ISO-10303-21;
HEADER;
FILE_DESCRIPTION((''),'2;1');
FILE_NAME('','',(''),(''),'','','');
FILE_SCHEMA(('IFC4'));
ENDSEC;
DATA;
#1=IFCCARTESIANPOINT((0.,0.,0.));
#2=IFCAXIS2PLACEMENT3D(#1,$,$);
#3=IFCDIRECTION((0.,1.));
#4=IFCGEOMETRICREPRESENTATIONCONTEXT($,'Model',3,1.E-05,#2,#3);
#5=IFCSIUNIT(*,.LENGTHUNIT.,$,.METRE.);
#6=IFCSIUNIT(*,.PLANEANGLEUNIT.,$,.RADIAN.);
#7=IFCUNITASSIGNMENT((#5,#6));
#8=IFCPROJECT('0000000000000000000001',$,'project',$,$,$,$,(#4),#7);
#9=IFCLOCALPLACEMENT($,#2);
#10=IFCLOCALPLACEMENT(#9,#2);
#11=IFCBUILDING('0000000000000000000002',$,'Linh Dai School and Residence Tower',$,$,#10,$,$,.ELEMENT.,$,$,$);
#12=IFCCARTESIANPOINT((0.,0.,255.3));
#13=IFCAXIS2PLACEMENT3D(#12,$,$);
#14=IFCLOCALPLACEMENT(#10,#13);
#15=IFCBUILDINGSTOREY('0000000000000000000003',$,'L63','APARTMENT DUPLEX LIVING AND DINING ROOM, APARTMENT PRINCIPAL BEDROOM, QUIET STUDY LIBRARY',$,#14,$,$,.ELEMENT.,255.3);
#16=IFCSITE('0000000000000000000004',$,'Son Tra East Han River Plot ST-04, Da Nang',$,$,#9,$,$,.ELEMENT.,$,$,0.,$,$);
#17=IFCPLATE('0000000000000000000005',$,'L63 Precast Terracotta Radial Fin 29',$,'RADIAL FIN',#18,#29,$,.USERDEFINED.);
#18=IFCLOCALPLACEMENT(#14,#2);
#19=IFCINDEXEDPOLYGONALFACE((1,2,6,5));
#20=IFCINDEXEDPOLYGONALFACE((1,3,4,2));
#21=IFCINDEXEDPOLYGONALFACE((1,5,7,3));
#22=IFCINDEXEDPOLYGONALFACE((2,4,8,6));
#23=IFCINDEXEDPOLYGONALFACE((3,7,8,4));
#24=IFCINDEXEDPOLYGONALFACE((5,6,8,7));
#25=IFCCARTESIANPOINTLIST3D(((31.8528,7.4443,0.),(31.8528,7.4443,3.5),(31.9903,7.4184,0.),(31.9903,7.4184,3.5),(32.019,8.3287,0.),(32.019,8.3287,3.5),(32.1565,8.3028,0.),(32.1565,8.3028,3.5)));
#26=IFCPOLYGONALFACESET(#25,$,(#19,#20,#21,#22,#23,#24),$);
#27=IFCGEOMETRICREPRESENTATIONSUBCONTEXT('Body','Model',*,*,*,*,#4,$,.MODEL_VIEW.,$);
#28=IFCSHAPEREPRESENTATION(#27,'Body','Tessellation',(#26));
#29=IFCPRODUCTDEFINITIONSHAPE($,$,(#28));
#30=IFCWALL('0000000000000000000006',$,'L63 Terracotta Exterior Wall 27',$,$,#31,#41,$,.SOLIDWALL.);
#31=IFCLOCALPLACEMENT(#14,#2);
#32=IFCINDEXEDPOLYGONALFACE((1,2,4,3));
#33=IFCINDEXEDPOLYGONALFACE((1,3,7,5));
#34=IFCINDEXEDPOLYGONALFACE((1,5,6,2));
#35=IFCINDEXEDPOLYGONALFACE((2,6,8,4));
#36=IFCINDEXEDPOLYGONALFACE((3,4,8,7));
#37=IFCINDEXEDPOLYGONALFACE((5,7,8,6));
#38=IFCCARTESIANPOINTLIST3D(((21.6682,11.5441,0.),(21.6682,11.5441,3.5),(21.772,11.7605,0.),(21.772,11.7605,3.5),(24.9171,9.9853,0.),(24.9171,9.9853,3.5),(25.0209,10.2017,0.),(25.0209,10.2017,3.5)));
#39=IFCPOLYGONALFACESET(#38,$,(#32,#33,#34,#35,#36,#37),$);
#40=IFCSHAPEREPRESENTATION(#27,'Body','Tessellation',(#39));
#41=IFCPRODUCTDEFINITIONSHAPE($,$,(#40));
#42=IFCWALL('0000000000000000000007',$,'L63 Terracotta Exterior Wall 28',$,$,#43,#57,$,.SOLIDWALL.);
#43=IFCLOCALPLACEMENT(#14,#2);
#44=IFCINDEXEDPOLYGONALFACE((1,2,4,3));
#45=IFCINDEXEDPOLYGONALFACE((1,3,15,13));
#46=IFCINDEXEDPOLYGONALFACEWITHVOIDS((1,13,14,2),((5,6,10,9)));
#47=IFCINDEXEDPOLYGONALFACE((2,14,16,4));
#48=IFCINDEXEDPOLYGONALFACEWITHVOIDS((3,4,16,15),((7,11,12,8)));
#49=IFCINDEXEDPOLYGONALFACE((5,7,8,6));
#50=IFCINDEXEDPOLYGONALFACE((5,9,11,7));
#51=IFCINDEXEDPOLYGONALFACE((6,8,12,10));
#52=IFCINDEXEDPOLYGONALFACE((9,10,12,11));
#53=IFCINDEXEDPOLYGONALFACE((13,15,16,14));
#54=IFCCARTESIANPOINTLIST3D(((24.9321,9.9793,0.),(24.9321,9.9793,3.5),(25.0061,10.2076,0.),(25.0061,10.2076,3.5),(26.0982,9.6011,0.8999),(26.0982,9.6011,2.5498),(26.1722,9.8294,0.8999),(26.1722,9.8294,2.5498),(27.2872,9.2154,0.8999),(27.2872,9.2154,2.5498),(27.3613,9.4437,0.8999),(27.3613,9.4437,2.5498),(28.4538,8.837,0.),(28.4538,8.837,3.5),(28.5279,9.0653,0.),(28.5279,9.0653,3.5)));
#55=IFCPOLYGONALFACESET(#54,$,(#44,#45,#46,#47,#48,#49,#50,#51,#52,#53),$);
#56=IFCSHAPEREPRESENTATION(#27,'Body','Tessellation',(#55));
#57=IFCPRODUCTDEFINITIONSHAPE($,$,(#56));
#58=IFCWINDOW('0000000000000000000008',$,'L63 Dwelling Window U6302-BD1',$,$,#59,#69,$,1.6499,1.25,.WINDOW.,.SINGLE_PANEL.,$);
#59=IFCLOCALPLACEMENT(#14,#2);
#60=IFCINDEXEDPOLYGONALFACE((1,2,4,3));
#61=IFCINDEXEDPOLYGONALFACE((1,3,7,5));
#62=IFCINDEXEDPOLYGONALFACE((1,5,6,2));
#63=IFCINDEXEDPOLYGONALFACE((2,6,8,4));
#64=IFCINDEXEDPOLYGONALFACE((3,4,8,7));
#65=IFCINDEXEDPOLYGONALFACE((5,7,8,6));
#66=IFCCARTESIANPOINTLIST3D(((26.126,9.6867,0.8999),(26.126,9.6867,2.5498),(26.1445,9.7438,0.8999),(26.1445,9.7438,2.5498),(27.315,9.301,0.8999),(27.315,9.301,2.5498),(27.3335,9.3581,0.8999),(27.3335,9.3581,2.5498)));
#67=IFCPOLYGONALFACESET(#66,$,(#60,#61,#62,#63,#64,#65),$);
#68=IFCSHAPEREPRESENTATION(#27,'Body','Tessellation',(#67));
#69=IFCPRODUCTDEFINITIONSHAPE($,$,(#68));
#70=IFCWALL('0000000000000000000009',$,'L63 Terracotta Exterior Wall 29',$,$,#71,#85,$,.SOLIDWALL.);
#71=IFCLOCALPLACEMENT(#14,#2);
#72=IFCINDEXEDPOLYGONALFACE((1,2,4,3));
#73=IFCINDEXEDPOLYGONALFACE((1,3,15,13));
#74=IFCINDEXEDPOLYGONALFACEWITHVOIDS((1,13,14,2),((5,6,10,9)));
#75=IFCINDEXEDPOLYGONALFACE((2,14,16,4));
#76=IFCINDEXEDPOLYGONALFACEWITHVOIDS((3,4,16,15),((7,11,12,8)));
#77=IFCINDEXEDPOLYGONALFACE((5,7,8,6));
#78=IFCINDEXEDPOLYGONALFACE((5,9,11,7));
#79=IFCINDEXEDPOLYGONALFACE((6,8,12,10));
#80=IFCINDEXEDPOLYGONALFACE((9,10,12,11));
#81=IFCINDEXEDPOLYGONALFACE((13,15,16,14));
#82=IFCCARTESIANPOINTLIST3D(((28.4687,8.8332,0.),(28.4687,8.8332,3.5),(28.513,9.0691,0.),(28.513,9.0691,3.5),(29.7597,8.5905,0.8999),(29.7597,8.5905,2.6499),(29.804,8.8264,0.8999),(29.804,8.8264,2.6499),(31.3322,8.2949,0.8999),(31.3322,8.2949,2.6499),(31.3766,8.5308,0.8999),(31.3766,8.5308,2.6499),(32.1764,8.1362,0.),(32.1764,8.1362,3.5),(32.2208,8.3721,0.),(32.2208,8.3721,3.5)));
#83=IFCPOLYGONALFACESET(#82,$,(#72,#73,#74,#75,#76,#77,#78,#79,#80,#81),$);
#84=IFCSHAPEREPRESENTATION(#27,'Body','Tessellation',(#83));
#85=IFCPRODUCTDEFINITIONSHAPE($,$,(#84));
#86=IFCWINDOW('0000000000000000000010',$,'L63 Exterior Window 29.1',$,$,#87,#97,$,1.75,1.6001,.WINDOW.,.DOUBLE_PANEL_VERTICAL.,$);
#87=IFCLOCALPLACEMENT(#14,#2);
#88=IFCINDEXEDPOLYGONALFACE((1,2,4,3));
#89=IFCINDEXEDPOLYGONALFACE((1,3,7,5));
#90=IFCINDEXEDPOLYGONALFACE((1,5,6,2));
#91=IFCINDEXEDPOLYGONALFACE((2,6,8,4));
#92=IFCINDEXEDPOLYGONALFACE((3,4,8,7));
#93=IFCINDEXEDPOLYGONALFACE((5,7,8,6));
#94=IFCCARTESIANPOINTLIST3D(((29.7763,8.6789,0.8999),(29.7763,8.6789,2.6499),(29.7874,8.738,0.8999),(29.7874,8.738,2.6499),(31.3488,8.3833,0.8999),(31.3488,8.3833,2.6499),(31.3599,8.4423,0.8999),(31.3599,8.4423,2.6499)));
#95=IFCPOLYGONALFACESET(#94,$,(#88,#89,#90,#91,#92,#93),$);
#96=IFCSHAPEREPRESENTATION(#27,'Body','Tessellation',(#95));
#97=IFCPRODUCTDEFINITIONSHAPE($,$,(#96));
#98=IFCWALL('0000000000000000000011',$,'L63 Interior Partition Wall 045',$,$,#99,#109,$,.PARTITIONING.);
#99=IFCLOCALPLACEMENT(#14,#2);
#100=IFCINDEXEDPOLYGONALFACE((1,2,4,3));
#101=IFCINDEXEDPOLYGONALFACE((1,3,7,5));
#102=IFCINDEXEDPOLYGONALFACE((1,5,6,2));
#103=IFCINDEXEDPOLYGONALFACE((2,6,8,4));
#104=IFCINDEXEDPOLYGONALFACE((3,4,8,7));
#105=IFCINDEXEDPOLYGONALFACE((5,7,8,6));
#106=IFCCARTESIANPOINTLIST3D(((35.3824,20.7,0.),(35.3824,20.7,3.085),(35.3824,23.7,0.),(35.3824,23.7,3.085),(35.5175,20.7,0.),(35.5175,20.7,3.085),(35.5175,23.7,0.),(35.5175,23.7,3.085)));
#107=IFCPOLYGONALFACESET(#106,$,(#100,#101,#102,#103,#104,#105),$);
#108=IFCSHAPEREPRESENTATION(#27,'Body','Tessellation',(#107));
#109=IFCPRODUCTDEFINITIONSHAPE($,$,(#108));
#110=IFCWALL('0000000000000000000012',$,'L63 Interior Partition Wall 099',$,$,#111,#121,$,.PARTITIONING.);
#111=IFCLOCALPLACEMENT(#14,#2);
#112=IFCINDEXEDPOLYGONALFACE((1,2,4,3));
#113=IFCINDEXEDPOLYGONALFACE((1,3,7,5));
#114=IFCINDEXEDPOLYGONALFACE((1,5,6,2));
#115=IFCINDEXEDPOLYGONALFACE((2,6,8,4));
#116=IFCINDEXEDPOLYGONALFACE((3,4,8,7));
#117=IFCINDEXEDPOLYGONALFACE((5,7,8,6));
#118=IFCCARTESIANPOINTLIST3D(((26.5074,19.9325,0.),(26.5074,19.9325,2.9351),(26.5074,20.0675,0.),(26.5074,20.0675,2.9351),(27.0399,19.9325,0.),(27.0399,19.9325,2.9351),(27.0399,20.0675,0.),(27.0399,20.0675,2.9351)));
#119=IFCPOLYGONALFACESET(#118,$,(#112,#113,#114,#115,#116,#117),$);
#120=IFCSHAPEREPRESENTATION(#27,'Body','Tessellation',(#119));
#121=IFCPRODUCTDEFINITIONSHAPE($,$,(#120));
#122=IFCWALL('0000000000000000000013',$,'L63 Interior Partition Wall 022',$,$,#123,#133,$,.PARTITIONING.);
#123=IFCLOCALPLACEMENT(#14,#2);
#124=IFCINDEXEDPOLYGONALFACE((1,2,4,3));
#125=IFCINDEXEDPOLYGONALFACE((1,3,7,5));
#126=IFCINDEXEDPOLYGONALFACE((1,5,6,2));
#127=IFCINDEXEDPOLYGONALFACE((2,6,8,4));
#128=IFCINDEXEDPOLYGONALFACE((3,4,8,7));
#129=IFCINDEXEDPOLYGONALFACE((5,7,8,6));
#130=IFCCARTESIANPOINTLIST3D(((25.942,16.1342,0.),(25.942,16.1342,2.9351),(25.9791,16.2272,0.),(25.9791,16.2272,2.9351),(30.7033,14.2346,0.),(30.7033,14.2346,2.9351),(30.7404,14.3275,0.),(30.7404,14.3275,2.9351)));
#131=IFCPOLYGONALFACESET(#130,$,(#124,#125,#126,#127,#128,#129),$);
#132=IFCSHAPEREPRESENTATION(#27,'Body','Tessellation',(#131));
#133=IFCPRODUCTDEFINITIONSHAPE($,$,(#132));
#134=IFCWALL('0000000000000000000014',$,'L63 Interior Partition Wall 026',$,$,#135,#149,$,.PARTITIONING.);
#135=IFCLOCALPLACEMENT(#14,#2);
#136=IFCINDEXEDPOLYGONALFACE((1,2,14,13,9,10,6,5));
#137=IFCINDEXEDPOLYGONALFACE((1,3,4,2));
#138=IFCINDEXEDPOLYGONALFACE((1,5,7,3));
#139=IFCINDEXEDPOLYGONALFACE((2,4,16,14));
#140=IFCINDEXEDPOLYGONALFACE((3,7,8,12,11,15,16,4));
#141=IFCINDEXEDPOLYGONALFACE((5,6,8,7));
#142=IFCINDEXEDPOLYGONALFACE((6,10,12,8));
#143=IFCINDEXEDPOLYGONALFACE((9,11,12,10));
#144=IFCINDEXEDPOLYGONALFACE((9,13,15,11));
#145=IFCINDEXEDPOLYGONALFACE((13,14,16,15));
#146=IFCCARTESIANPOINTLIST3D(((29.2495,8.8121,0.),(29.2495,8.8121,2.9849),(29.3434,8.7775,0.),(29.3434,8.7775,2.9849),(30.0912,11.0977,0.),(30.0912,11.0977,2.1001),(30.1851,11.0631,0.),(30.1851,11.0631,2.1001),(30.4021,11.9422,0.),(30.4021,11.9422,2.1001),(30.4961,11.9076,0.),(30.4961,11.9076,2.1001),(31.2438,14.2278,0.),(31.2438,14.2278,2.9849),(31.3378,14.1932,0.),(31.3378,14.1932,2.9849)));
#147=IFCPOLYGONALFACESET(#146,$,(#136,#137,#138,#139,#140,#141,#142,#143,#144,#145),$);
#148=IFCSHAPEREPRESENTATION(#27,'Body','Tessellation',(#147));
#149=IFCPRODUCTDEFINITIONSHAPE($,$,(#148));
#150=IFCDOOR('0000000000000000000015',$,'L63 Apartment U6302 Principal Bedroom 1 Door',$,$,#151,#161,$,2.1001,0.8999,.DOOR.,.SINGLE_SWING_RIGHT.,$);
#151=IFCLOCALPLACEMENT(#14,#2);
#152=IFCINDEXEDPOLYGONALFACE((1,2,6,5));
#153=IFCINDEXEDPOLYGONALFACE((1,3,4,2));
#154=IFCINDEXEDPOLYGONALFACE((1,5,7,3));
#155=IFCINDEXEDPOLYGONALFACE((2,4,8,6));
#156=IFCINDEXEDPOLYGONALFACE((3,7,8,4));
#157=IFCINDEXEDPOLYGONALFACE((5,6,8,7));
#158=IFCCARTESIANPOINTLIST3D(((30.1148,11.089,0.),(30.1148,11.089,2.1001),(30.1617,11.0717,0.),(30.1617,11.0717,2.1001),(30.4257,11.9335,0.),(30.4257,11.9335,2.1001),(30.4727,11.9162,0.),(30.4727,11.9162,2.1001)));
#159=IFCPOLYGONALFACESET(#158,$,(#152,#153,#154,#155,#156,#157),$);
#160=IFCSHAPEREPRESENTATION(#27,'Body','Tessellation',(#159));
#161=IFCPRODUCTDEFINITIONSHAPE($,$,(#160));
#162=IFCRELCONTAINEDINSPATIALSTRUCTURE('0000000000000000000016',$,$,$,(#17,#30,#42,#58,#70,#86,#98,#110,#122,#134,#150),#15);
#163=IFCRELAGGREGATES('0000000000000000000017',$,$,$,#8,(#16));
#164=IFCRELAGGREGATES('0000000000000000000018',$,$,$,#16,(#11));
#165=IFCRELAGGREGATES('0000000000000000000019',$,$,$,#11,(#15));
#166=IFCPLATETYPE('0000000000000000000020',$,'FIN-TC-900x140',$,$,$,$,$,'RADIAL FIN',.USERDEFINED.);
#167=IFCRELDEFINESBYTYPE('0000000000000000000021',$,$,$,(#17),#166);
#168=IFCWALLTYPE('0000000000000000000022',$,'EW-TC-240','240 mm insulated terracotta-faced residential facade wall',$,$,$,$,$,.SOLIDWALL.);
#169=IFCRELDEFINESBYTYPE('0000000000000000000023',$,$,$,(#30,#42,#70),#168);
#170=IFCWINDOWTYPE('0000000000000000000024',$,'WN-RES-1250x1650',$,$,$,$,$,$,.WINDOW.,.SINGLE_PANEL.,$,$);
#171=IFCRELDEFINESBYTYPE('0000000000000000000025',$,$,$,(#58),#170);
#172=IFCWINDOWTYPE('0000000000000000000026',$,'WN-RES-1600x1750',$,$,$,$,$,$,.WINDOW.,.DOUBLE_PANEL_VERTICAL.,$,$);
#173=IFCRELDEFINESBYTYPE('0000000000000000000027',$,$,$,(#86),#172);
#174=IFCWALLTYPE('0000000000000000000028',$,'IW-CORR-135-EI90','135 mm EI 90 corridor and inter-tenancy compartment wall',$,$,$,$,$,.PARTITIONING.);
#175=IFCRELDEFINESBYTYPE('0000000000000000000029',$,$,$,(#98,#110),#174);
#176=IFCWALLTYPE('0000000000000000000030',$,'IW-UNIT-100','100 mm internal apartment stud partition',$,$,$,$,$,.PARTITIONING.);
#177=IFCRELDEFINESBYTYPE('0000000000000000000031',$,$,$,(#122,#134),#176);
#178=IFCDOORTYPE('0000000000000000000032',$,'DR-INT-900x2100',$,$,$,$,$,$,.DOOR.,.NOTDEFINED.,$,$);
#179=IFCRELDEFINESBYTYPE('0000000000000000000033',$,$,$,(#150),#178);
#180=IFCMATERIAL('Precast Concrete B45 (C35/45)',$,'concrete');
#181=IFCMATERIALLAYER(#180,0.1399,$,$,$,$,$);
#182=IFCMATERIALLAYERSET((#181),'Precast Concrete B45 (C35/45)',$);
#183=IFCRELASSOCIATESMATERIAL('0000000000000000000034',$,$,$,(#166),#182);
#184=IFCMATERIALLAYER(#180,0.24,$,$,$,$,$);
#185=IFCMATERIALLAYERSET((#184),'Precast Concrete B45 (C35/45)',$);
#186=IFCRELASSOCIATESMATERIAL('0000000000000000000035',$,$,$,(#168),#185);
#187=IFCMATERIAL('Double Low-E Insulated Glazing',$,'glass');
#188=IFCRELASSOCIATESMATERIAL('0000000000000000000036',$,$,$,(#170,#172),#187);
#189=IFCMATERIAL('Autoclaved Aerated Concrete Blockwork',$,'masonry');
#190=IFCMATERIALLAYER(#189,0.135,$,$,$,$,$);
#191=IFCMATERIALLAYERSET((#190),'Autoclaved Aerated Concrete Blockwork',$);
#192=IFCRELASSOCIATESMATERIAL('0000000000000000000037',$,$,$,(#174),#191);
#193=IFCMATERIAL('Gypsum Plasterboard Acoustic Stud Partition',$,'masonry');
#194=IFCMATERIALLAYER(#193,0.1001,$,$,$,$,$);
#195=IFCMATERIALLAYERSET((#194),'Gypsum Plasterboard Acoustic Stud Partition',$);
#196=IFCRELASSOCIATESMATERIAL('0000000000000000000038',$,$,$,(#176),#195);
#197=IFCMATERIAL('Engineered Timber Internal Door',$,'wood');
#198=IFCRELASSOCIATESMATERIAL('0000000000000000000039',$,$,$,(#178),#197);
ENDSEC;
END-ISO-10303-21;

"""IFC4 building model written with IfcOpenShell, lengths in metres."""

from ifc_helpers import new_model, si_unit, direction, frame, frame_2d, origin, origin_2d, place, context, subcontext, project, spatial, rectangle, extrude, source, transform, mapped, material, layer, layer_set, type_object, element, fill, save


model = new_model("IFC4")

# Units and contexts
model_context = context("Model", 3, precision=1e-05, world=origin(), true_north=direction((0.0, 1.0)))
body_context = subcontext(model_context, "Body", "Model", "MODEL_VIEW")
ifc_project = project(units=[si_unit("LENGTHUNIT", "METRE"), si_unit("PLANEANGLEUNIT", "RADIAN")], contexts=[model_context])

# Site, building, storey
site_placement = place(None, origin())
site = spatial("IfcSite", under=ifc_project, at=site_placement, Name="Son Tra East Han River Plot ST-04, Da Nang", CompositionType="ELEMENT", RefElevation=0.0)
building_placement = place(site_placement, origin())
building = spatial("IfcBuilding", under=site, at=building_placement, Name="Linh Dai School and Residence Tower", CompositionType="ELEMENT")
storey_placement = place(building_placement, frame((0.0, 0.0, 255.3)))
storey = spatial("IfcBuildingStorey", under=building, at=storey_placement, Name="L63", Description="APARTMENT DUPLEX LIVING AND DINING ROOM, APARTMENT PRINCIPAL BEDROOM, QUIET STUDY LIBRARY", CompositionType="ELEMENT", Elevation=255.3)

# Plate
ifc_material_1 = material(Name="Precast Concrete B45 (C35/45)", Category="concrete")
ifc_layer_1 = layer(ifc_material_1, 0.1399)
ifc_layer_set_1 = layer_set([ifc_layer_1], Name="Precast Concrete B45 (C35/45)")
plate_type = type_object("IfcPlateType", Name="FIN-TC-900x140", ElementType="RADIAL FIN", PredefinedType="USERDEFINED", material=ifc_layer_set_1)
shared_shape_1 = source(origin(), body_context, "Body", "SweptSolid", [
    extrude(rectangle(XDim=0.8999, YDim=0.1399, at=origin_2d()), origin(), (0.0, 0.0, 1.0), 3.5),
])
plate_placement = place(storey_placement, frame((32.0046, 7.8735, 0.0), z_axis=(0.0, 0.0, 1.0), x_axis=(-0.184744, -0.982787, 0.0)))
element("IfcPlate", 1, at=plate_placement, inside=storey, type_object=plate_type, Name="L63 Precast Terracotta Radial Fin 29", ObjectType="RADIAL FIN", PredefinedType="USERDEFINED", context=body_context, shape_type="MappedRepresentation", body=[
    mapped(shared_shape_1, transform((0.0, 0.0, 0.0), x_axis=(1.0, 0.0, 0.0), y_axis=(0.0, 1.0, 0.0), z_axis=(0.0, 0.0, 1.0), scale=1.0)),
])

# Wall
ifc_layer_2 = layer(ifc_material_1, 0.24)
ifc_layer_set_2 = layer_set([ifc_layer_2], Name="Precast Concrete B45 (C35/45)")
wall_type_1 = type_object("IfcWallType", Name="EW-TC-240", Description="240 mm insulated terracotta-faced residential facade wall", PredefinedType="SOLIDWALL", material=ifc_layer_set_2)
wall_1_placement = place(storey_placement, frame((24.969, 10.0935, 0.0), z_axis=(0.0, 0.0, 1.0), x_axis=(-0.901598, 0.432575, 0.0)))
element("IfcWall", 2, at=wall_1_placement, inside=storey, type_object=wall_type_1, Name="L63 Terracotta Exterior Wall 27", PredefinedType="SOLIDWALL", context=body_context, shape_type="SweptSolid", body=[
    extrude(rectangle(XDim=3.6035, YDim=0.24, at=frame_2d((1.8018, 0.0))), origin(), (0.0, 0.0, 1.0), 3.5),
])

# Walls, openings, windows
wall_2_placement = place(storey_placement, frame((28.4907, 8.9512, 0.0), z_axis=(0.0, 0.0, 1.0), x_axis=(-0.951211, 0.308542, 0.0)))
wall_2 = element("IfcWall", 3, at=wall_2_placement, inside=storey, type_object=wall_type_1, Name="L63 Terracotta Exterior Wall 28", PredefinedType="SOLIDWALL", context=body_context, shape_type="SweptSolid", body=[
    extrude(rectangle(XDim=3.7024, YDim=0.24, at=frame_2d((1.8511, 0.0))), origin(), (0.0, 0.0, 1.0), 3.5),
])
opening_1_placement = place(wall_2_placement, frame((1.2263, 0.0, 0.8999)))
opening_1 = element("IfcOpeningElement", 4, at=opening_1_placement, cuts=wall_2, PredefinedType="OPENING", context=body_context, shape_type="SweptSolid", body=[
    extrude(rectangle(XDim=1.25, YDim=1.6499, at=origin_2d()), frame((0.625, 0.1299, 0.825), z_axis=(0.0, -1.0, 0.0), x_axis=(1.0, 0.0, 0.0)), (0.0, 0.0, 1.0), 0.26),
])
ifc_material_2 = material(Name="Double Low-E Insulated Glazing", Category="glass")
window_type_1 = type_object("IfcWindowType", Name="WN-RES-1250x1650", PartitioningType="SINGLE_PANEL", PredefinedType="WINDOW", material=ifc_material_2)
shared_shape_2 = source(origin(), body_context, "Body", "SweptSolid", [
    extrude(rectangle(XDim=1.25, YDim=1.6499, at=origin_2d()), frame((0.625, 0.03, 0.825), z_axis=(0.0, -1.0, 0.0), x_axis=(1.0, 0.0, 0.0)), (0.0, 0.0, 1.0), 0.0601),
])
window_1_placement = place(opening_1_placement, origin())
window_1 = element("IfcWindow", 5, at=window_1_placement, inside=storey, type_object=window_type_1, Name="L63 Dwelling Window U6302-BD1", OverallHeight=1.6499, OverallWidth=1.25, PartitioningType="SINGLE_PANEL", PredefinedType="WINDOW", context=body_context, shape_type="MappedRepresentation", body=[
    mapped(shared_shape_2, transform((0.0, 0.0, 0.0), x_axis=(1.0, 0.0, 0.0), y_axis=(0.0, 1.0, 0.0), z_axis=(0.0, 0.0, 1.0), scale=1.0)),
])
fill(opening_1, window_1)
wall_3_placement = place(storey_placement, frame((32.1985, 8.2542, 0.0), z_axis=(0.0, 0.0, 1.0), x_axis=(-0.982785, 0.184753, 0.0)))
wall_3 = element("IfcWall", 6, at=wall_3_placement, inside=storey, type_object=wall_type_1, Name="L63 Terracotta Exterior Wall 29", PredefinedType="SOLIDWALL", context=body_context, shape_type="SweptSolid", body=[
    extrude(rectangle(XDim=3.7727, YDim=0.24, at=frame_2d((1.8862, 0.0))), origin(), (0.0, 0.0, 1.0), 3.5),
])
opening_2_placement = place(wall_3_placement, frame((0.8589, 0.0, 0.8999)))
opening_2 = element("IfcOpeningElement", 7, at=opening_2_placement, cuts=wall_3, PredefinedType="OPENING", context=body_context, shape_type="SweptSolid", body=[
    extrude(rectangle(XDim=1.6001, YDim=1.75, at=origin_2d()), frame((0.8, 0.1299, 0.875), z_axis=(0.0, -1.0, 0.0), x_axis=(1.0, 0.0, 0.0)), (0.0, 0.0, 1.0), 0.26),
])
window_type_2 = type_object("IfcWindowType", Name="WN-RES-1600x1750", PartitioningType="DOUBLE_PANEL_VERTICAL", PredefinedType="WINDOW", material=ifc_material_2)
shared_shape_3 = source(origin(), body_context, "Body", "SweptSolid", [
    extrude(rectangle(XDim=1.6001, YDim=1.75, at=origin_2d()), frame((0.8, 0.03, 0.875), z_axis=(0.0, -1.0, 0.0), x_axis=(1.0, 0.0, 0.0)), (0.0, 0.0, 1.0), 0.0601),
])
window_2_placement = place(opening_2_placement, origin())
window_2 = element("IfcWindow", 8, at=window_2_placement, inside=storey, type_object=window_type_2, Name="L63 Exterior Window 29.1", OverallHeight=1.75, OverallWidth=1.6001, PartitioningType="DOUBLE_PANEL_VERTICAL", PredefinedType="WINDOW", context=body_context, shape_type="MappedRepresentation", body=[
    mapped(shared_shape_3, transform((0.0, 0.0, 0.0), x_axis=(1.0, 0.0, 0.0), y_axis=(0.0, 1.0, 0.0), z_axis=(0.0, 0.0, 1.0), scale=1.0)),
])
fill(opening_2, window_2)

# Walls
ifc_material_3 = material(Name="Autoclaved Aerated Concrete Blockwork", Category="masonry")
ifc_layer_3 = layer(ifc_material_3, 0.135)
ifc_layer_set_3 = layer_set([ifc_layer_3], Name="Autoclaved Aerated Concrete Blockwork")
wall_type_2 = type_object("IfcWallType", Name="IW-CORR-135-EI90", Description="135 mm EI 90 corridor and inter-tenancy compartment wall", PredefinedType="PARTITIONING", material=ifc_layer_set_3)
wall_4_placement = place(storey_placement, frame((35.45, 20.7, 0.0), z_axis=(0.0, 0.0, 1.0), x_axis=(0.0, 1.0, 0.0)))
element("IfcWall", 9, at=wall_4_placement, inside=storey, type_object=wall_type_2, Name="L63 Interior Partition Wall 045", PredefinedType="PARTITIONING", context=body_context, shape_type="SweptSolid", body=[
    extrude(rectangle(XDim=3.0, YDim=0.135, at=frame_2d((1.5, 0.0))), origin(), (0.0, 0.0, 1.0), 3.085),
])
wall_5_placement = place(storey_placement, frame((26.5076, 20.0, 0.0), z_axis=(0.0, 0.0, 1.0), x_axis=(1.0, 0.0, 0.0)))
element("IfcWall", 10, at=wall_5_placement, inside=storey, type_object=wall_type_2, Name="L63 Interior Partition Wall 099", PredefinedType="PARTITIONING", context=body_context, shape_type="SweptSolid", body=[
    extrude(rectangle(XDim=0.5325, YDim=0.135, at=frame_2d((0.2661, 0.0))), origin(), (0.0, 0.0, 1.0), 2.9351),
])

# Wall
ifc_material_4 = material(Name="Gypsum Plasterboard Acoustic Stud Partition", Category="masonry")
ifc_layer_4 = layer(ifc_material_4, 0.1001)
ifc_layer_set_4 = layer_set([ifc_layer_4], Name="Gypsum Plasterboard Acoustic Stud Partition")
wall_type_3 = type_object("IfcWallType", Name="IW-UNIT-100", Description="100 mm internal apartment stud partition", PredefinedType="PARTITIONING", material=ifc_layer_set_4)
wall_6_placement = place(storey_placement, frame((25.9607, 16.1807, 0.0), z_axis=(0.0, 0.0, 1.0), x_axis=(0.928802, -0.370578, 0.0)))
element("IfcWall", 11, at=wall_6_placement, inside=storey, type_object=wall_type_3, Name="L63 Interior Partition Wall 022", PredefinedType="PARTITIONING", context=body_context, shape_type="SweptSolid", body=[
    extrude(rectangle(XDim=5.1262, YDim=0.1001, at=frame_2d((2.563, 0.0))), origin(), (0.0, 0.0, 1.0), 2.9351),
])

# Wall, opening, door
wall_7_placement = place(storey_placement, frame((29.2964, 8.7947, 0.0), z_axis=(0.0, 0.0, 1.0), x_axis=(0.345568, 0.938394, 0.0)))
wall_7 = element("IfcWall", 12, at=wall_7_placement, inside=storey, type_object=wall_type_3, Name="L63 Interior Partition Wall 026", PredefinedType="PARTITIONING", context=body_context, shape_type="SweptSolid", body=[
    extrude(rectangle(XDim=5.7712, YDim=0.1001, at=frame_2d((2.8857, 0.0))), origin(), (0.0, 0.0, 1.0), 2.9849),
])
opening_3_placement = place(wall_7_placement, frame((2.4358, 0.0, 0.0)))
opening_3 = element("IfcOpeningElement", 13, at=opening_3_placement, cuts=wall_7, PredefinedType="OPENING", context=body_context, shape_type="SweptSolid", body=[
    extrude(rectangle(XDim=0.8999, YDim=2.1001, at=origin_2d()), frame((0.45, 0.0601, 1.05), z_axis=(0.0, -1.0, 0.0), x_axis=(1.0, 0.0, 0.0)), (0.0, 0.0, 1.0), 0.1201),
])
ifc_material_5 = material(Name="Engineered Timber Internal Door", Category="wood")
door_type_1 = type_object("IfcDoorType", Name="DR-INT-900x2100", OperationType="NOTDEFINED", PredefinedType="DOOR", material=ifc_material_5)
shared_shape_4 = source(origin(), body_context, "Body", "SweptSolid", [
    extrude(rectangle(XDim=0.8999, YDim=2.1001, at=origin_2d()), frame((0.45, 0.0249, 1.05), z_axis=(0.0, -1.0, 0.0), x_axis=(1.0, 0.0, 0.0)), (0.0, 0.0, 1.0), 0.05),
])
door_1_placement = place(opening_3_placement, origin())
door_1 = element("IfcDoor", 14, at=door_1_placement, inside=storey, type_object=door_type_1, Name="L63 Apartment U6302 Principal Bedroom 1 Door", OperationType="SINGLE_SWING_RIGHT", OverallHeight=2.1001, OverallWidth=0.8999, PredefinedType="DOOR", context=body_context, shape_type="MappedRepresentation", body=[
    mapped(shared_shape_4, transform((0.0, 0.0, 0.0), x_axis=(1.0, 0.0, 0.0), y_axis=(0.0, 1.0, 0.0), z_axis=(0.0, 0.0, 1.0), scale=1.0)),
])
fill(opening_3, door_1)

save(model, "model.ifc")
